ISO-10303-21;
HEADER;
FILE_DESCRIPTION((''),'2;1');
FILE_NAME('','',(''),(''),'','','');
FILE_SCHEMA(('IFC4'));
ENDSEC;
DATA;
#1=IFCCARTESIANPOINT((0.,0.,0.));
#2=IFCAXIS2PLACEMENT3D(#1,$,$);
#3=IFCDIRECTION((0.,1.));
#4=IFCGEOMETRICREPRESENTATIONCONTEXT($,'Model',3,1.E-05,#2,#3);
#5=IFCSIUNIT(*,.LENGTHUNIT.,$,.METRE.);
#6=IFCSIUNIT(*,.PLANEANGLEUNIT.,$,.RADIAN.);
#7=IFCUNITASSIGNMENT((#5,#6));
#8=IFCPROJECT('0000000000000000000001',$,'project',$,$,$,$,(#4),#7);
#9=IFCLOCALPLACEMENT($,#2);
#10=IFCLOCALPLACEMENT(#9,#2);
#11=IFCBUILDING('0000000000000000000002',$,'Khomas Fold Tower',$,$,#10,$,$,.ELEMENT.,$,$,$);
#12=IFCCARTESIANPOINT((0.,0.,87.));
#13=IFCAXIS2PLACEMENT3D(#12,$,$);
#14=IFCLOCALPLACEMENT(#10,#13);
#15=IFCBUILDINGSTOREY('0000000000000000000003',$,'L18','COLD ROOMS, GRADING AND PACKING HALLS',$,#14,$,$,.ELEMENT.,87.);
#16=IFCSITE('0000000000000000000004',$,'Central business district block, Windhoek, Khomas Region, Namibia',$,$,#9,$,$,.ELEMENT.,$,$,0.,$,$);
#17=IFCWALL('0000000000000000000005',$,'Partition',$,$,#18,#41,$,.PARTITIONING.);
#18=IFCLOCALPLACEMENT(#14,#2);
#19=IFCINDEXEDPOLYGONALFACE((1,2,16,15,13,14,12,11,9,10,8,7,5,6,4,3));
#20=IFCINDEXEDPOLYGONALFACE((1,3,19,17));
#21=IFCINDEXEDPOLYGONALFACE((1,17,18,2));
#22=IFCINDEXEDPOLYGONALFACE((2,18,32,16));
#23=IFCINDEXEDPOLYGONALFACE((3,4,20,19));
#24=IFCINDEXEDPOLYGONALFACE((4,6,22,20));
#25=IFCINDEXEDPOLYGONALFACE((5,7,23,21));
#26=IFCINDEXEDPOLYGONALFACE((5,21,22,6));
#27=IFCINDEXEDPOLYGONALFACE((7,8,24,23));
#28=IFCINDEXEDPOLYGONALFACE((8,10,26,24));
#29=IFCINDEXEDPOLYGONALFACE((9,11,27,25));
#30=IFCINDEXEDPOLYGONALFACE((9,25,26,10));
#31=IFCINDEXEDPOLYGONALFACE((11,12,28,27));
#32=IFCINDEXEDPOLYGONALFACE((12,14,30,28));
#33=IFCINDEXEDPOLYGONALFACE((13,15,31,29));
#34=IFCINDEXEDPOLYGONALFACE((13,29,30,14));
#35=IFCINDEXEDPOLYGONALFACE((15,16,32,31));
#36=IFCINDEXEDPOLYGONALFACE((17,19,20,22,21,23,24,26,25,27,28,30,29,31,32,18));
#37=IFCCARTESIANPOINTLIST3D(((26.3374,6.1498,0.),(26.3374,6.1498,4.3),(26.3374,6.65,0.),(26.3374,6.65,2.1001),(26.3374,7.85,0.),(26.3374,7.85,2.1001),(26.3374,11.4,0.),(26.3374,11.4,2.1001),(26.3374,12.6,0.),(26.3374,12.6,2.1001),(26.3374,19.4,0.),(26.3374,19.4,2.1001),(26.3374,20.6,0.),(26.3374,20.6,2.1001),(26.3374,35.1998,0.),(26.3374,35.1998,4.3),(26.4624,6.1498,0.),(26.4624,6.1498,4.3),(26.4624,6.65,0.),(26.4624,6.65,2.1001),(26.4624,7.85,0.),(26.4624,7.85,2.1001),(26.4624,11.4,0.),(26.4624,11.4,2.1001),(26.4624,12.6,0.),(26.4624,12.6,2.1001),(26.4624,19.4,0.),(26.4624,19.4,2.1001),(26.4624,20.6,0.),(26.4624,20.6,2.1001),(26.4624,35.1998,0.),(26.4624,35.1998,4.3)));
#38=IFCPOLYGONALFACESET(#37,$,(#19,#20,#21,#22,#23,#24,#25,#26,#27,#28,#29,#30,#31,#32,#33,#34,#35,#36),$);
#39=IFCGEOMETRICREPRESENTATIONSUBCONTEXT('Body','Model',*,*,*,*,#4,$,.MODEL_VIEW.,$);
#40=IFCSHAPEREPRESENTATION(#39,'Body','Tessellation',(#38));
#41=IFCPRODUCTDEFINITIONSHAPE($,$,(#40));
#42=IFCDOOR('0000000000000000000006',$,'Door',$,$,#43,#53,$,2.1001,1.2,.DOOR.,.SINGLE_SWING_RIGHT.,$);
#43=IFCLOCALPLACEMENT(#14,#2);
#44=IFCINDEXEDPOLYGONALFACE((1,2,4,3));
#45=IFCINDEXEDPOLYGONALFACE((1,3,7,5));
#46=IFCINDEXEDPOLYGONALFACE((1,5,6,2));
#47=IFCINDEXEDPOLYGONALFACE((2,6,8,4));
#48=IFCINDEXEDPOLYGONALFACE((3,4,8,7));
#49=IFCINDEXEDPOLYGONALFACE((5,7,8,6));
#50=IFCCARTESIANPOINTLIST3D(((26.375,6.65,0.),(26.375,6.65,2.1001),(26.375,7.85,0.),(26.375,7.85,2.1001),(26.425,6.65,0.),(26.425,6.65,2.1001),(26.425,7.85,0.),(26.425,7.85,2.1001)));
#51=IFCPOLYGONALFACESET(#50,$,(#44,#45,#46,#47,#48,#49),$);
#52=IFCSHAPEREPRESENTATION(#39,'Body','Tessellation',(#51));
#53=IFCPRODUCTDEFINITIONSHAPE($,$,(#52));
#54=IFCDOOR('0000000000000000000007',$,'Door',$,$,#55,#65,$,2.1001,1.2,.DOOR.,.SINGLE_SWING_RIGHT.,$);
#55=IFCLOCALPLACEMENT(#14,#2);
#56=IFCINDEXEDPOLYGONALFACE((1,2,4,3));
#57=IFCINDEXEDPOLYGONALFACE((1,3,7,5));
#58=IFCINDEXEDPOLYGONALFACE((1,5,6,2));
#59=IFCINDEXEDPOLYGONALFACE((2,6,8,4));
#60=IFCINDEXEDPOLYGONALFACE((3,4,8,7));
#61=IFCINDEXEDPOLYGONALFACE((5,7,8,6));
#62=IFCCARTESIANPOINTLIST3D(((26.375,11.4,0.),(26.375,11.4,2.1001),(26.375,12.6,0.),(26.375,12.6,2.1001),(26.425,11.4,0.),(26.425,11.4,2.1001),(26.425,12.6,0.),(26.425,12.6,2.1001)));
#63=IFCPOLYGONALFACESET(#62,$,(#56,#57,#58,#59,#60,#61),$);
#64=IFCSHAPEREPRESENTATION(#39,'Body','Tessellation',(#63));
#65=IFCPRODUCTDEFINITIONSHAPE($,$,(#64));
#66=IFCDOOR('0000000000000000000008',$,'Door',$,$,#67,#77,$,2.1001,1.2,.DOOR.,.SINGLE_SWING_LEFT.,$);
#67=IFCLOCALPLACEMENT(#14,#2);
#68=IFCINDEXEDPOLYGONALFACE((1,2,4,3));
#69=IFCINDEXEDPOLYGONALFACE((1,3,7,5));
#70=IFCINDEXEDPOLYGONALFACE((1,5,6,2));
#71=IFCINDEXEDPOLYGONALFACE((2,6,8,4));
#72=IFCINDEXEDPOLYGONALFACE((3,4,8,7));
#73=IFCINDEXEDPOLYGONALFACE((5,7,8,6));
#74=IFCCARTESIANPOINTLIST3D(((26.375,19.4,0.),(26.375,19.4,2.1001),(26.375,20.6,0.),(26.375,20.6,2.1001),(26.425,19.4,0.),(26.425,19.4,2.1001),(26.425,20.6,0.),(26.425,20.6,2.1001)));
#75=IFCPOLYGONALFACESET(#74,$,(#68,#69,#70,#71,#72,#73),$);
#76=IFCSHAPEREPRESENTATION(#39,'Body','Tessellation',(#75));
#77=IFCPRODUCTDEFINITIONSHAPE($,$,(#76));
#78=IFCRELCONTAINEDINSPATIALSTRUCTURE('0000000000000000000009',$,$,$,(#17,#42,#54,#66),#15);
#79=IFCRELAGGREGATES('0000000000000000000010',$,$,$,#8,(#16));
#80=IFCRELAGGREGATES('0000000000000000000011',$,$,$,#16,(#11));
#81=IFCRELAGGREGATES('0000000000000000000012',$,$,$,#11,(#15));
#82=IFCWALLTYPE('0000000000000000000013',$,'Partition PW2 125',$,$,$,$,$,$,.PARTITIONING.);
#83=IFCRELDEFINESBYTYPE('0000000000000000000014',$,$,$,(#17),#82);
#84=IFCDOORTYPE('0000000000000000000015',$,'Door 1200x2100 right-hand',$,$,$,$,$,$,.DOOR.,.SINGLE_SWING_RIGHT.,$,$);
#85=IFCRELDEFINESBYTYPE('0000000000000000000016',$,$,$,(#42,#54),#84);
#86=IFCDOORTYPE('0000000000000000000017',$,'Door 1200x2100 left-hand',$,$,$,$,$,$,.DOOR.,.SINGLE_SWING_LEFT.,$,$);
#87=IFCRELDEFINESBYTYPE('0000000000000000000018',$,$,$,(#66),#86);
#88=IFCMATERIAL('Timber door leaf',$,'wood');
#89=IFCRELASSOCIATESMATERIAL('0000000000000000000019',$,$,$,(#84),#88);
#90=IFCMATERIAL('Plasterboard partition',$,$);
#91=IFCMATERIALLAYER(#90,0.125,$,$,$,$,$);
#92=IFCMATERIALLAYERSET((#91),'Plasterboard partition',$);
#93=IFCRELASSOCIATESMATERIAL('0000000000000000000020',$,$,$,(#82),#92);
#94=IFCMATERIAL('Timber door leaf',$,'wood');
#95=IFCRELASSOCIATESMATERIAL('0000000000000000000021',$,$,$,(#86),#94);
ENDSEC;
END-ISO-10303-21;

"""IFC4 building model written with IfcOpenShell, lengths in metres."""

from ifc_helpers import new_model, si_unit, direction, frame, frame_2d, origin, place, context, subcontext, project, spatial, rectangle, extrude, source, transform, mapped, material, layer, layer_set, type_object, element, fill, save


model = new_model("IFC4")

# Units and contexts
model_context = context("Model", 3, precision=1e-05, world=origin(), true_north=direction((0.0, 1.0)))
body_context = subcontext(model_context, "Body", "Model", "MODEL_VIEW")
ifc_project = project(units=[si_unit("LENGTHUNIT", "METRE"), si_unit("PLANEANGLEUNIT", "RADIAN")], contexts=[model_context])

# Site, building, storey
site_placement = place(None, origin())
site = spatial("IfcSite", under=ifc_project, at=site_placement, Name="Central business district block, Windhoek, Khomas Region, Namibia", CompositionType="ELEMENT", RefElevation=0.0)
building_placement = place(site_placement, origin())
building = spatial("IfcBuilding", under=site, at=building_placement, Name="Khomas Fold Tower", CompositionType="ELEMENT")
storey_placement = place(building_placement, frame((0.0, 0.0, 87.0)))
storey = spatial("IfcBuildingStorey", under=building, at=storey_placement, Name="L18", Description="COLD ROOMS, GRADING AND PACKING HALLS", CompositionType="ELEMENT", Elevation=87.0)

# Shared definitions
ifc_material_1 = material(Name="Timber door leaf", Category="wood")
door_type_1 = type_object("IfcDoorType", Name="Door 1200x2100 right-hand", OperationType="SINGLE_SWING_RIGHT", PredefinedType="DOOR", material=ifc_material_1)

# Wall, openings, doors
ifc_material_2 = material(Name="Plasterboard partition")
ifc_layer_1 = layer(ifc_material_2, 0.125)
ifc_layer_set_1 = layer_set([ifc_layer_1], Name="Plasterboard partition")
wall_type_1 = type_object("IfcWallType", Name="Partition PW2 125", PredefinedType="PARTITIONING", material=ifc_layer_set_1)
shared_shape_1 = source(origin(), body_context, "Body", "SweptSolid", [
    extrude(rectangle(XDim=29.05, YDim=0.125, at=frame_2d((14.5249, 0.0))), origin(), (0.0, 0.0, 1.0), 4.3),
])
wall_1_placement = place(storey_placement, frame((26.3999, 6.1499, 0.0), z_axis=(0.0, 0.0, 1.0), x_axis=(0.0, 1.0, 0.0)))
wall_1 = element("IfcWall", 1, at=wall_1_placement, inside=storey, type_object=wall_type_1, Name="Partition", PredefinedType="PARTITIONING", context=body_context, shape_type="MappedRepresentation", body=[
    mapped(shared_shape_1, transform((0.0, 0.0, 0.0))),
])
shared_shape_2 = source(origin(), body_context, "Body", "SweptSolid", [
    extrude(rectangle(XDim=1.2, YDim=2.1001, at=frame_2d((0.6001, 1.05))), frame((0.0, 0.0725, 0.0), z_axis=(0.0, -1.0, 0.0), x_axis=(1.0, 0.0, 0.0)), (0.0, 0.0, 1.0), 0.145),
])
opening_1_placement = place(wall_1_placement, frame((0.5, 0.0, 0.0)))
opening_1 = element("IfcOpeningElement", 2, at=opening_1_placement, cuts=wall_1, PredefinedType="OPENING", context=body_context, shape_type="MappedRepresentation", body=[
    mapped(shared_shape_2, transform((0.0, 0.0, 0.0))),
])
opening_2_placement = place(wall_1_placement, frame((5.25, 0.0, 0.0)))
opening_2 = element("IfcOpeningElement", 3, at=opening_2_placement, cuts=wall_1, PredefinedType="OPENING", context=body_context, shape_type="MappedRepresentation", body=[
    mapped(shared_shape_2, transform((0.0, 0.0, 0.0))),
])
opening_3_placement = place(wall_1_placement, frame((13.25, 0.0, 0.0)))
opening_3 = element("IfcOpeningElement", 4, at=opening_3_placement, cuts=wall_1, PredefinedType="OPENING", context=body_context, shape_type="MappedRepresentation", body=[
    mapped(shared_shape_2, transform((0.0, 0.0, 0.0))),
])
shared_shape_3 = source(origin(), body_context, "Body", "SweptSolid", [
    extrude(rectangle(XDim=1.2, YDim=2.1001, at=frame_2d((0.6001, 1.05))), frame((0.0, 0.0249, 0.0), z_axis=(0.0, -1.0, 0.0), x_axis=(1.0, 0.0, 0.0)), (0.0, 0.0, 1.0), 0.05),
])
door_1_placement = place(opening_1_placement, origin())
door_1 = element("IfcDoor", 5, at=door_1_placement, inside=storey, type_object=door_type_1, Name="Door", OperationType="SINGLE_SWING_RIGHT", OverallHeight=2.1001, OverallWidth=1.2, PredefinedType="DOOR", context=body_context, shape_type="MappedRepresentation", body=[
    mapped(shared_shape_3, transform((0.0, 0.0, 0.0))),
])
fill(opening_1, door_1)
door_2_placement = place(opening_2_placement, origin())
door_2 = element("IfcDoor", 6, at=door_2_placement, inside=storey, type_object=door_type_1, Name="Door", OperationType="SINGLE_SWING_RIGHT", OverallHeight=2.1001, OverallWidth=1.2, PredefinedType="DOOR", context=body_context, shape_type="MappedRepresentation", body=[
    mapped(shared_shape_3, transform((0.0, 0.0, 0.0))),
])
fill(opening_2, door_2)
ifc_material_3 = material(Name="Timber door leaf", Category="wood")
door_type_2 = type_object("IfcDoorType", Name="Door 1200x2100 left-hand", OperationType="SINGLE_SWING_LEFT", PredefinedType="DOOR", material=ifc_material_3)
door_3_placement = place(opening_3_placement, origin())
door_3 = element("IfcDoor", 7, at=door_3_placement, inside=storey, type_object=door_type_2, Name="Door", OperationType="SINGLE_SWING_LEFT", OverallHeight=2.1001, OverallWidth=1.2, PredefinedType="DOOR", context=body_context, shape_type="MappedRepresentation", body=[
    mapped(shared_shape_3, transform((0.0, 0.0, 0.0))),
])
fill(opening_3, door_3)

save(model, "model.ifc")
